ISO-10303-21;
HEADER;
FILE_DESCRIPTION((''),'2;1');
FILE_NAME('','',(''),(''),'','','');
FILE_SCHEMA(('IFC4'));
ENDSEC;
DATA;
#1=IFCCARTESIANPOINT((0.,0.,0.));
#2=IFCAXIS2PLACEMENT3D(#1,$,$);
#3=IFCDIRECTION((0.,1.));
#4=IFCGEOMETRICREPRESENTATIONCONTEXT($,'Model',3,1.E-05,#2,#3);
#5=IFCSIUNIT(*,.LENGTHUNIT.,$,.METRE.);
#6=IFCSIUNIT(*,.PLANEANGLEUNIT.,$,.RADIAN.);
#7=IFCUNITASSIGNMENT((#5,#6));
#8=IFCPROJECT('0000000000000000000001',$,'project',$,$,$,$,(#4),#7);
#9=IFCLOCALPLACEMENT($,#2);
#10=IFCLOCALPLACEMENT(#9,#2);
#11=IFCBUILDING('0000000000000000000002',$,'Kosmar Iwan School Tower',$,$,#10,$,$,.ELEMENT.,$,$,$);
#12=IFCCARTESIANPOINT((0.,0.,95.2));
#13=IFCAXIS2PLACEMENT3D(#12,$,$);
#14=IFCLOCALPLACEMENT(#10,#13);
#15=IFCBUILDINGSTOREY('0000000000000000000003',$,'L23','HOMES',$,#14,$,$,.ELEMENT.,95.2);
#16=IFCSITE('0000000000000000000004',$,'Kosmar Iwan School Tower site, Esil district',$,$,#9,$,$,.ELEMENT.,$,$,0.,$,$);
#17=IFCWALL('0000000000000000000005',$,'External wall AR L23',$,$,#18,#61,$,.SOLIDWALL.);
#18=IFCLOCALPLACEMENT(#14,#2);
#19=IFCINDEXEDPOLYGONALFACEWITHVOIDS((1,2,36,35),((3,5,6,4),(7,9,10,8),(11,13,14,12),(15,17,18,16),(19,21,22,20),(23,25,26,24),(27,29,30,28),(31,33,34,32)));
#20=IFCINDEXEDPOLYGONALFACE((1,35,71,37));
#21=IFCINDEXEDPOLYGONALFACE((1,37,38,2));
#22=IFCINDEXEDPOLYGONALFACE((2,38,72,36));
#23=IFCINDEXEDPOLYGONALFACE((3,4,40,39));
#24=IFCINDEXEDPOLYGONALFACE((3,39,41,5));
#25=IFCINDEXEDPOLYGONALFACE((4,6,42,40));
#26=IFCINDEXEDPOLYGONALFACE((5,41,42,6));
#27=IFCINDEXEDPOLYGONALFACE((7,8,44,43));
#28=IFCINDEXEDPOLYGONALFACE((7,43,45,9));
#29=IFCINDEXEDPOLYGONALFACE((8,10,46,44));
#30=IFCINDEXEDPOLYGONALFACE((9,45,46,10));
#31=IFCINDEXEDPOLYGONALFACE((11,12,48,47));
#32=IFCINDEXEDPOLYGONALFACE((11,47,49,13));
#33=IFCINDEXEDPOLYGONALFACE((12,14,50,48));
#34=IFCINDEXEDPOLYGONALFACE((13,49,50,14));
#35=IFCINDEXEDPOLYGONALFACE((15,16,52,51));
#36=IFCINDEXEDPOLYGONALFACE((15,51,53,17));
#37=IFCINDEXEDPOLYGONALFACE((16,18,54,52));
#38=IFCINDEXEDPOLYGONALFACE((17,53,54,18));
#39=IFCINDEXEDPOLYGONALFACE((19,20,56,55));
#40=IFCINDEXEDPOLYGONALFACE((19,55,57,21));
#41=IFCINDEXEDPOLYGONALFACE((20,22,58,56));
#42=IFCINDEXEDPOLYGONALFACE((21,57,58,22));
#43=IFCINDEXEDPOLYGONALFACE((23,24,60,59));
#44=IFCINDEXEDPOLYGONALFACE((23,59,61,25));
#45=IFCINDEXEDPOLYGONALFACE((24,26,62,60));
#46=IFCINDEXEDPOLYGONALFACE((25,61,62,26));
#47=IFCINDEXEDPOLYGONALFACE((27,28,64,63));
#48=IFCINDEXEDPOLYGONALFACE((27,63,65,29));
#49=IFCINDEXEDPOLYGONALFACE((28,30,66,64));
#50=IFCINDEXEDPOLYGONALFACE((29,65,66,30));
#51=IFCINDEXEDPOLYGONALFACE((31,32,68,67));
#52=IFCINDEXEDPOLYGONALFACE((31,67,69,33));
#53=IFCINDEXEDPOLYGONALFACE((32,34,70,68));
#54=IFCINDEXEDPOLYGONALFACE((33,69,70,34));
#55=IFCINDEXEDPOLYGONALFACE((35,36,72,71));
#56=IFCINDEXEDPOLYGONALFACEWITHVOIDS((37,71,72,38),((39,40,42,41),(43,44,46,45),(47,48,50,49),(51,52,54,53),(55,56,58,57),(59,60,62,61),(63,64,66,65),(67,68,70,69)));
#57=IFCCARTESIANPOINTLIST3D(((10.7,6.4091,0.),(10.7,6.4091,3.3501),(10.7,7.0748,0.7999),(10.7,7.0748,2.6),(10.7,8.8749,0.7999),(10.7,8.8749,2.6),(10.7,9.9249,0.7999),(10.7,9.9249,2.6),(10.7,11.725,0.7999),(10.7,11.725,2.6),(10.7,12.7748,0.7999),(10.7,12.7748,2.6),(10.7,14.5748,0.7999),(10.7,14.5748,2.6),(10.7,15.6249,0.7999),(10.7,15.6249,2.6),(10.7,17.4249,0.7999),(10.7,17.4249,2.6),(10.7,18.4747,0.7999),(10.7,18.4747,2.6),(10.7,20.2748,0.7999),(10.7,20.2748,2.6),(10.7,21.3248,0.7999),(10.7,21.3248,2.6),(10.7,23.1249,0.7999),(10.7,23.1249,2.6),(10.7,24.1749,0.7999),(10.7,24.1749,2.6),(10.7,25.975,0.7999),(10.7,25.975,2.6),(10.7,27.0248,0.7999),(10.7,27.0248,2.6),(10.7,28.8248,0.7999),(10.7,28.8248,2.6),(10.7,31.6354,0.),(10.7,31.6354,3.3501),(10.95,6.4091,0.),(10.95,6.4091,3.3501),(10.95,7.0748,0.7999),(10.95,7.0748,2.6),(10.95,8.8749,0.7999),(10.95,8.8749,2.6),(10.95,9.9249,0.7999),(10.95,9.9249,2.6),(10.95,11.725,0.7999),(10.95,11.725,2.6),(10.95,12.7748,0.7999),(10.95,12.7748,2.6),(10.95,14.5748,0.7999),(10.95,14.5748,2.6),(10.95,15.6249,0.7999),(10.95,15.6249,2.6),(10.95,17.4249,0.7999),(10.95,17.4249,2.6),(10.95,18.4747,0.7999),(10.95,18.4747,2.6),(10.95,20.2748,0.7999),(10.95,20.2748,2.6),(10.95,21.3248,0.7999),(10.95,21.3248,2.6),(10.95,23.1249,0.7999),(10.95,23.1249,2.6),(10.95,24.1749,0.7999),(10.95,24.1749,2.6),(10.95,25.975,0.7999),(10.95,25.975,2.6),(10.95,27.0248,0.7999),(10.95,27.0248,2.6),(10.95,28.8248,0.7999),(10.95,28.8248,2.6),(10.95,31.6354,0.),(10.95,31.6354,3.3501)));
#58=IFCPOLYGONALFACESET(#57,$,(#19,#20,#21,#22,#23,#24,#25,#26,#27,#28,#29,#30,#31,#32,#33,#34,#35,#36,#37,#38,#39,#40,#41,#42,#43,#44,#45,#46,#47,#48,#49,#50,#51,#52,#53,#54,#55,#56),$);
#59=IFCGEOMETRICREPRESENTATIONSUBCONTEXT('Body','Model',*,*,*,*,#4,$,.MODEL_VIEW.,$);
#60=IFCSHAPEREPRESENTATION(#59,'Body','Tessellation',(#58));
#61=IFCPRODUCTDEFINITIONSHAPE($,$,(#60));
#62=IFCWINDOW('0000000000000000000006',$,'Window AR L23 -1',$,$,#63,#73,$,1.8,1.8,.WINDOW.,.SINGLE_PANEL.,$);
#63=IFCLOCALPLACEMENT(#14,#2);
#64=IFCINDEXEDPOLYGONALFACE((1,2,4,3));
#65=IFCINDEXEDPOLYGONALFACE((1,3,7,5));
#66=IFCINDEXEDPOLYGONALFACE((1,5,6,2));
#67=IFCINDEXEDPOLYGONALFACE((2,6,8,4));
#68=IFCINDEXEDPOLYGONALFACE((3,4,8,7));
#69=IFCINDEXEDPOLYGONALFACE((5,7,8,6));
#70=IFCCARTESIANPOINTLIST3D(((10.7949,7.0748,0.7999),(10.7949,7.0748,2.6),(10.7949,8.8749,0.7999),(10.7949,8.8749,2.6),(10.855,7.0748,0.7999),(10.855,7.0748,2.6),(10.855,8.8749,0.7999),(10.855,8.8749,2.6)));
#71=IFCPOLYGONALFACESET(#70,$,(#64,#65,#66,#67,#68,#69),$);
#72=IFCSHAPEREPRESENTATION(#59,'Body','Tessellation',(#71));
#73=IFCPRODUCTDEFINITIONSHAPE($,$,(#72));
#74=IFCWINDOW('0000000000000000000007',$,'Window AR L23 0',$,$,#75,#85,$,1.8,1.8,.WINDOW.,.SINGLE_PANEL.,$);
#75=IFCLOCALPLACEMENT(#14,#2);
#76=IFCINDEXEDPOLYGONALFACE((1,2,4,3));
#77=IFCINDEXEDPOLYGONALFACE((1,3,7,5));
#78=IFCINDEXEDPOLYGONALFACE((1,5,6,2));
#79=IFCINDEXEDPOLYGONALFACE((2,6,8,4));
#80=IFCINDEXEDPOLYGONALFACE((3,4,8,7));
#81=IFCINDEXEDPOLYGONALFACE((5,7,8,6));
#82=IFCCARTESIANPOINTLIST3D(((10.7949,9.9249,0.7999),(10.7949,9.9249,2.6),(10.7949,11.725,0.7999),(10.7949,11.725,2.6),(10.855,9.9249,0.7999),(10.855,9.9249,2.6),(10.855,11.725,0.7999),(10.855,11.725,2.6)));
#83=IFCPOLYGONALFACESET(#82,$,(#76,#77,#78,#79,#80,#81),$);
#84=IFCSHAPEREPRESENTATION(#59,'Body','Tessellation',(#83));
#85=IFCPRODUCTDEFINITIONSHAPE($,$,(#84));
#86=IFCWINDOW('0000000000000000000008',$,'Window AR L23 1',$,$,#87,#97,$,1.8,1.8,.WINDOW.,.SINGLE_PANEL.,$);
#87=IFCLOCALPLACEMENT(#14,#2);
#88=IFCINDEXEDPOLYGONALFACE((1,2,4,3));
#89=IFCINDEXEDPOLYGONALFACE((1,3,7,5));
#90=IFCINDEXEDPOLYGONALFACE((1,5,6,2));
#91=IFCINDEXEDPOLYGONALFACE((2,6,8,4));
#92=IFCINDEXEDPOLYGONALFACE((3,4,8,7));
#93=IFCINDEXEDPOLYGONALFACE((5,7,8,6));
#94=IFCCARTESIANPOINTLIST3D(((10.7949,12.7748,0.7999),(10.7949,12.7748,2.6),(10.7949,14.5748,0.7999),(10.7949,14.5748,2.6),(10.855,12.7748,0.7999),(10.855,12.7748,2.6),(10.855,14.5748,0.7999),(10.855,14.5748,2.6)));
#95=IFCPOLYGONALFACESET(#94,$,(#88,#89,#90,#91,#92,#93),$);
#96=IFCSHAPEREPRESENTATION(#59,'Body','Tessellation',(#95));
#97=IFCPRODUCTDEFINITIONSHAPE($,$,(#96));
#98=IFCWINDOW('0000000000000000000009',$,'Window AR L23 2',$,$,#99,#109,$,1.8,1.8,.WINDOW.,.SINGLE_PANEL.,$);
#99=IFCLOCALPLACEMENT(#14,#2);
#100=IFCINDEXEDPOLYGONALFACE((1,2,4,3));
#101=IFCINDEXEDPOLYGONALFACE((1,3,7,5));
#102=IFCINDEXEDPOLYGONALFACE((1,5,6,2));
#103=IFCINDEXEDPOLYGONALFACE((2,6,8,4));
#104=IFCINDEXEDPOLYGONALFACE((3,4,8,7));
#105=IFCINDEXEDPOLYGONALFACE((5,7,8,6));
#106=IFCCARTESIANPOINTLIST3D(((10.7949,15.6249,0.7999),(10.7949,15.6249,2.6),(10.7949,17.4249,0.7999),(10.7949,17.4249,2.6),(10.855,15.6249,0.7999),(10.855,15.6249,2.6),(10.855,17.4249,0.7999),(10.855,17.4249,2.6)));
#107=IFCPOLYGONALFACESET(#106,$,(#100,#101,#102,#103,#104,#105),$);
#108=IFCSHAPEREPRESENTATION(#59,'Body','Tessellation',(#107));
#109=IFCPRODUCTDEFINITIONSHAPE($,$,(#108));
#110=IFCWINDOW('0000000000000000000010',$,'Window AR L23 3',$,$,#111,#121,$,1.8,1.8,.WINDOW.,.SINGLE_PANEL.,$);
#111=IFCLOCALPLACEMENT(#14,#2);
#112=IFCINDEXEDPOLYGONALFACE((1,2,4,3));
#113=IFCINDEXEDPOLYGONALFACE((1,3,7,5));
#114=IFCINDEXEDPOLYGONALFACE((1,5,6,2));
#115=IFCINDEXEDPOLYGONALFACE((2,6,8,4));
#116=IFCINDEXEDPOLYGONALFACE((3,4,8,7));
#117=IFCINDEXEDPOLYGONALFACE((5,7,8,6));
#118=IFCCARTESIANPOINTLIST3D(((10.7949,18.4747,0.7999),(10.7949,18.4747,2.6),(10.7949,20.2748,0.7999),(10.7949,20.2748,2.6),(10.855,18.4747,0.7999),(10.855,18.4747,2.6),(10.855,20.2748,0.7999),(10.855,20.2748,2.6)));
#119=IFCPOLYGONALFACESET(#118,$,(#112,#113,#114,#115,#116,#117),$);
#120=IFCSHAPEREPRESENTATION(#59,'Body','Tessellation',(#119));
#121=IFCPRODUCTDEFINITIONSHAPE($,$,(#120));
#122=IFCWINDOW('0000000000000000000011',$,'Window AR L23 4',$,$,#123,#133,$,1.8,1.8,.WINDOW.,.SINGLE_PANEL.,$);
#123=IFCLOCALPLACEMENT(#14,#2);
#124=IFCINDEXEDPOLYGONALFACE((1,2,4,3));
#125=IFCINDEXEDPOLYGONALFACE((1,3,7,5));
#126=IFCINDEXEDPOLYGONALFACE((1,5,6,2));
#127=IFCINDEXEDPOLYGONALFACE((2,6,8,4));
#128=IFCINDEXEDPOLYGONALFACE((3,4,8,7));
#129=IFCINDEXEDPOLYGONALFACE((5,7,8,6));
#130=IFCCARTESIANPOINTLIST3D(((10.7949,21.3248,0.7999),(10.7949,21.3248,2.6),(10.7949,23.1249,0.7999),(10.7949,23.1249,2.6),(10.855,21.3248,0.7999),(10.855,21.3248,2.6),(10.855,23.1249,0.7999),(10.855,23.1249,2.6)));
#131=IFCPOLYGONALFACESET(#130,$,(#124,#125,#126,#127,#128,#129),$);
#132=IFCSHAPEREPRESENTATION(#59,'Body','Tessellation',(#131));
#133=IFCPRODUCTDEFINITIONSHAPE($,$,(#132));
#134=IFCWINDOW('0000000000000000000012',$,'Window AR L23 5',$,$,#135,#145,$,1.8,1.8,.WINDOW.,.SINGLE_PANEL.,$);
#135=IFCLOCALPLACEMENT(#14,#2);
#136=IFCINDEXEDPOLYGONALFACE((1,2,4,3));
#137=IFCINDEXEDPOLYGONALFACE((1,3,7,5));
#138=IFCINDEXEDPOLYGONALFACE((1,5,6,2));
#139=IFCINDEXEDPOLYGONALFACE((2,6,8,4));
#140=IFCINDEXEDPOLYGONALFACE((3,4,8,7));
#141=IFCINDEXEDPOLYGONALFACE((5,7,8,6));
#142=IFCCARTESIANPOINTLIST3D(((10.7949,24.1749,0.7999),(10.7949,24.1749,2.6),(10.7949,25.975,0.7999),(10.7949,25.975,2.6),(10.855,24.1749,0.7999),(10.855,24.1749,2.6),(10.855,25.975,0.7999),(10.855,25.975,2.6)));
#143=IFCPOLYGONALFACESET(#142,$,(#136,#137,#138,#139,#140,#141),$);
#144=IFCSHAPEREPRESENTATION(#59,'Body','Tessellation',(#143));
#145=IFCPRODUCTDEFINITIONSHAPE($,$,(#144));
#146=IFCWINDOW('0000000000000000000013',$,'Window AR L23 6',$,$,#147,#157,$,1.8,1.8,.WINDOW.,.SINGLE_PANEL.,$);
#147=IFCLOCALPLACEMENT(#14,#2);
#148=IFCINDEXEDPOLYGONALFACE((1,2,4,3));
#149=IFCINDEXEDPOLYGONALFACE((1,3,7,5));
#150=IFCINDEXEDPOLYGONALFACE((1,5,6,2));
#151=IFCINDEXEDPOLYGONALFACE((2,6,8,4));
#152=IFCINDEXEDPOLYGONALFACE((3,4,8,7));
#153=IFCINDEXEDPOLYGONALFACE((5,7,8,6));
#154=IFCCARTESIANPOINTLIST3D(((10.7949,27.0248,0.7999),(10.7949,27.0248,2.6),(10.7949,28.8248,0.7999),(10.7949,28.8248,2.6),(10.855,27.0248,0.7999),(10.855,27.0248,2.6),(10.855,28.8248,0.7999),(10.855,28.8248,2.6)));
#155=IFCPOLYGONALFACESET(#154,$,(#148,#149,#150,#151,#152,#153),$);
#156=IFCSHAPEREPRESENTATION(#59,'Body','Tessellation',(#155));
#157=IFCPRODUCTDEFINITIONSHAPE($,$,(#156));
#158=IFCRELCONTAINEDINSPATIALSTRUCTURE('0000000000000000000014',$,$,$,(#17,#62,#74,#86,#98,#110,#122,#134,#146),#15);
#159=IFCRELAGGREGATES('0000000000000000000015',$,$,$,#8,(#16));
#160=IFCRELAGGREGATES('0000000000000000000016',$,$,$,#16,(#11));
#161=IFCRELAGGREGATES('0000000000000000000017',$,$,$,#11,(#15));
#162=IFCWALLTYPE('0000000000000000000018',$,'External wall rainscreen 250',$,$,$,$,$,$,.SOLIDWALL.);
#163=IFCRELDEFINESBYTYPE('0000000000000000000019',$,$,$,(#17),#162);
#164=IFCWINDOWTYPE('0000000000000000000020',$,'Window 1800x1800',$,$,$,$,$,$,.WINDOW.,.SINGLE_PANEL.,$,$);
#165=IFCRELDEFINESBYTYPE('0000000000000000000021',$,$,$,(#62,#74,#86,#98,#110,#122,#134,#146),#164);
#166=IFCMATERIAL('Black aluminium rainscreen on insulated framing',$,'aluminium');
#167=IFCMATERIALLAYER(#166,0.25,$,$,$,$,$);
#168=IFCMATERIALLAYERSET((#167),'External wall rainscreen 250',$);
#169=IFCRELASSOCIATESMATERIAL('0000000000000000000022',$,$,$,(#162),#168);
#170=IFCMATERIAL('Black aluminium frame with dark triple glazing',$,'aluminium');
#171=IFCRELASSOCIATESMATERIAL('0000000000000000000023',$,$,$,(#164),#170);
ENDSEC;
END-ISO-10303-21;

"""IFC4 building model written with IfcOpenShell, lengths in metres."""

from ifc_helpers import new_model, si_unit, direction, frame, frame_2d, origin, place, context, subcontext, project, spatial, rectangle, extrude, material, layer, layer_set, type_object, element, fill, save


model = new_model("IFC4")

# Units and contexts
model_context = context("Model", 3, precision=1e-05, world=origin(), true_north=direction((0.0, 1.0)))
body_context = subcontext(model_context, "Body", "Model", "MODEL_VIEW")
ifc_project = project(units=[si_unit("LENGTHUNIT", "METRE"), si_unit("PLANEANGLEUNIT", "RADIAN")], contexts=[model_context])

# Site, building, storey
site_placement = place(None, origin())
site = spatial("IfcSite", under=ifc_project, at=site_placement, Name="Kosmar Iwan School Tower site, Esil district", CompositionType="ELEMENT", RefElevation=0.0)
building_placement = place(site_placement, origin())
building = spatial("IfcBuilding", under=site, at=building_placement, Name="Kosmar Iwan School Tower", CompositionType="ELEMENT")
storey_placement = place(building_placement, frame((0.0, 0.0, 95.2)))
storey = spatial("IfcBuildingStorey", under=building, at=storey_placement, Name="L23", Description="HOMES", CompositionType="ELEMENT", Elevation=95.2)

# Wall, openings, windows
ifc_material_1 = material(Name="Black aluminium rainscreen on insulated framing", Category="aluminium")
ifc_layer = layer(ifc_material_1, 0.25)
ifc_layer_set = layer_set([ifc_layer], Name="External wall rainscreen 250")
wall_type = type_object("IfcWallType", Name="External wall rainscreen 250", PredefinedType="SOLIDWALL", material=ifc_layer_set)
ifc_material_2 = material(Name="Black aluminium frame with dark triple glazing", Category="aluminium")
window_type = type_object("IfcWindowType", Name="Window 1800x1800", PartitioningType="SINGLE_PANEL", PredefinedType="WINDOW", material=ifc_material_2)
wall_1_placement = place(storey_placement, frame((10.825, 6.4089, 0.0), z_axis=(0.0, 0.0, 1.0), x_axis=(0.0, 1.0, 0.0)))
wall_1 = element("IfcWall", 1, at=wall_1_placement, inside=storey, type_object=wall_type, Name="External wall AR L23", PredefinedType="SOLIDWALL", context=body_context, shape_type="SweptSolid", body=[
    extrude(rectangle(XDim=25.2263, YDim=0.25, at=frame_2d((12.6133, 0.0))), origin(), (0.0, 0.0, 1.0), 3.3501),
])
opening_1_placement = place(wall_1_placement, frame((0.666, 0.0, 0.8)))
opening_1 = element("IfcOpeningElement", 2, at=opening_1_placement, cuts=wall_1, PredefinedType="OPENING", context=body_context, shape_type="SweptSolid", body=[
    extrude(rectangle(XDim=1.8, YDim=1.8, at=frame_2d((0.8999, 0.8999))), frame((0.0, 0.137, 0.0), z_axis=(0.0, -1.0, 0.0), x_axis=(1.0, 0.0, 0.0)), (0.0, 0.0, 1.0), 0.2739),
])
opening_2_placement = place(wall_1_placement, frame((3.5161, 0.0, 0.8)))
opening_2 = element("IfcOpeningElement", 3, at=opening_2_placement, cuts=wall_1, PredefinedType="OPENING", context=body_context, shape_type="SweptSolid", body=[
    extrude(rectangle(XDim=1.8, YDim=1.8, at=frame_2d((0.8999, 0.8999))), frame((0.0, 0.137, 0.0), z_axis=(0.0, -1.0, 0.0), x_axis=(1.0, 0.0, 0.0)), (0.0, 0.0, 1.0), 0.2739),
])
opening_3_placement = place(wall_1_placement, frame((6.366, 0.0, 0.8)))
opening_3 = element("IfcOpeningElement", 4, at=opening_3_placement, cuts=wall_1, PredefinedType="OPENING", context=body_context, shape_type="SweptSolid", body=[
    extrude(rectangle(XDim=1.8, YDim=1.8, at=frame_2d((0.8999, 0.8999))), frame((0.0, 0.137, 0.0), z_axis=(0.0, -1.0, 0.0), x_axis=(1.0, 0.0, 0.0)), (0.0, 0.0, 1.0), 0.2739),
])
opening_4_placement = place(wall_1_placement, frame((9.2161, 0.0, 0.8)))
opening_4 = element("IfcOpeningElement", 5, at=opening_4_placement, cuts=wall_1, PredefinedType="OPENING", context=body_context, shape_type="SweptSolid", body=[
    extrude(rectangle(XDim=1.8, YDim=1.8, at=frame_2d((0.8999, 0.8999))), frame((0.0, 0.137, 0.0), z_axis=(0.0, -1.0, 0.0), x_axis=(1.0, 0.0, 0.0)), (0.0, 0.0, 1.0), 0.2739),
])
opening_5_placement = place(wall_1_placement, frame((12.0659, 0.0, 0.8)))
opening_5 = element("IfcOpeningElement", 6, at=opening_5_placement, cuts=wall_1, PredefinedType="OPENING", context=body_context, shape_type="SweptSolid", body=[
    extrude(rectangle(XDim=1.8, YDim=1.8, at=frame_2d((0.8999, 0.8999))), frame((0.0, 0.137, 0.0), z_axis=(0.0, -1.0, 0.0), x_axis=(1.0, 0.0, 0.0)), (0.0, 0.0, 1.0), 0.2739),
])
opening_6_placement = place(wall_1_placement, frame((14.916, 0.0, 0.8)))
opening_6 = element("IfcOpeningElement", 7, at=opening_6_placement, cuts=wall_1, PredefinedType="OPENING", context=body_context, shape_type="SweptSolid", body=[
    extrude(rectangle(XDim=1.8, YDim=1.8, at=frame_2d((0.8999, 0.8999))), frame((0.0, 0.137, 0.0), z_axis=(0.0, -1.0, 0.0), x_axis=(1.0, 0.0, 0.0)), (0.0, 0.0, 1.0), 0.2739),
])
opening_7_placement = place(wall_1_placement, frame((17.7661, 0.0, 0.8)))
opening_7 = element("IfcOpeningElement", 8, at=opening_7_placement, cuts=wall_1, PredefinedType="OPENING", context=body_context, shape_type="SweptSolid", body=[
    extrude(rectangle(XDim=1.8, YDim=1.8, at=frame_2d((0.8999, 0.8999))), frame((0.0, 0.137, 0.0), z_axis=(0.0, -1.0, 0.0), x_axis=(1.0, 0.0, 0.0)), (0.0, 0.0, 1.0), 0.2739),
])
opening_8_placement = place(wall_1_placement, frame((20.616, 0.0, 0.8)))
opening_8 = element("IfcOpeningElement", 9, at=opening_8_placement, cuts=wall_1, PredefinedType="OPENING", context=body_context, shape_type="SweptSolid", body=[
    extrude(rectangle(XDim=1.8, YDim=1.8, at=frame_2d((0.8999, 0.8999))), frame((0.0, 0.137, 0.0), z_axis=(0.0, -1.0, 0.0), x_axis=(1.0, 0.0, 0.0)), (0.0, 0.0, 1.0), 0.2739),
])
window_1_placement = place(opening_1_placement, origin())
window_1 = element("IfcWindow", 10, at=window_1_placement, inside=storey, type_object=window_type, Name="Window AR L23 -1", OverallHeight=1.8, OverallWidth=1.8, PartitioningType="SINGLE_PANEL", PredefinedType="WINDOW", context=body_context, shape_type="SweptSolid", body=[
    extrude(rectangle(XDim=1.8, YDim=1.8, at=frame_2d((0.8999, 0.8999))), frame((0.0, 0.03, 0.0), z_axis=(0.0, -1.0, 0.0), x_axis=(1.0, 0.0, 0.0)), (0.0, 0.0, 1.0), 0.0601),
])
fill(opening_1, window_1)
window_2_placement = place(opening_2_placement, origin())
window_2 = element("IfcWindow", 11, at=window_2_placement, inside=storey, type_object=window_type, Name="Window AR L23 0", OverallHeight=1.8, OverallWidth=1.8, PartitioningType="SINGLE_PANEL", PredefinedType="WINDOW", context=body_context, shape_type="SweptSolid", body=[
    extrude(rectangle(XDim=1.8, YDim=1.8, at=frame_2d((0.8999, 0.8999))), frame((0.0, 0.03, 0.0), z_axis=(0.0, -1.0, 0.0), x_axis=(1.0, 0.0, 0.0)), (0.0, 0.0, 1.0), 0.0601),
])
fill(opening_2, window_2)
window_3_placement = place(opening_3_placement, origin())
window_3 = element("IfcWindow", 12, at=window_3_placement, inside=storey, type_object=window_type, Name="Window AR L23 1", OverallHeight=1.8, OverallWidth=1.8, PartitioningType="SINGLE_PANEL", PredefinedType="WINDOW", context=body_context, shape_type="SweptSolid", body=[
    extrude(rectangle(XDim=1.8, YDim=1.8, at=frame_2d((0.8999, 0.8999))), frame((0.0, 0.03, 0.0), z_axis=(0.0, -1.0, 0.0), x_axis=(1.0, 0.0, 0.0)), (0.0, 0.0, 1.0), 0.0601),
])
fill(opening_3, window_3)
window_4_placement = place(opening_4_placement, origin())
window_4 = element("IfcWindow", 13, at=window_4_placement, inside=storey, type_object=window_type, Name="Window AR L23 2", OverallHeight=1.8, OverallWidth=1.8, PartitioningType="SINGLE_PANEL", PredefinedType="WINDOW", context=body_context, shape_type="SweptSolid", body=[
    extrude(rectangle(XDim=1.8, YDim=1.8, at=frame_2d((0.8999, 0.8999))), frame((0.0, 0.03, 0.0), z_axis=(0.0, -1.0, 0.0), x_axis=(1.0, 0.0, 0.0)), (0.0, 0.0, 1.0), 0.0601),
])
fill(opening_4, window_4)
window_5_placement = place(opening_5_placement, origin())
window_5 = element("IfcWindow", 14, at=window_5_placement, inside=storey, type_object=window_type, Name="Window AR L23 3", OverallHeight=1.8, OverallWidth=1.8, PartitioningType="SINGLE_PANEL", PredefinedType="WINDOW", context=body_context, shape_type="SweptSolid", body=[
    extrude(rectangle(XDim=1.8, YDim=1.8, at=frame_2d((0.8999, 0.8999))), frame((0.0, 0.03, 0.0), z_axis=(0.0, -1.0, 0.0), x_axis=(1.0, 0.0, 0.0)), (0.0, 0.0, 1.0), 0.0601),
])
fill(opening_5, window_5)
window_6_placement = place(opening_6_placement, origin())
window_6 = element("IfcWindow", 15, at=window_6_placement, inside=storey, type_object=window_type, Name="Window AR L23 4", OverallHeight=1.8, OverallWidth=1.8, PartitioningType="SINGLE_PANEL", PredefinedType="WINDOW", context=body_context, shape_type="SweptSolid", body=[
    extrude(rectangle(XDim=1.8, YDim=1.8, at=frame_2d((0.8999, 0.8999))), frame((0.0, 0.03, 0.0), z_axis=(0.0, -1.0, 0.0), x_axis=(1.0, 0.0, 0.0)), (0.0, 0.0, 1.0), 0.0601),
])
fill(opening_6, window_6)
window_7_placement = place(opening_7_placement, origin())
window_7 = element("IfcWindow", 16, at=window_7_placement, inside=storey, type_object=window_type, Name="Window AR L23 5", OverallHeight=1.8, OverallWidth=1.8, PartitioningType="SINGLE_PANEL", PredefinedType="WINDOW", context=body_context, shape_type="SweptSolid", body=[
    extrude(rectangle(XDim=1.8, YDim=1.8, at=frame_2d((0.8999, 0.8999))), frame((0.0, 0.03, 0.0), z_axis=(0.0, -1.0, 0.0), x_axis=(1.0, 0.0, 0.0)), (0.0, 0.0, 1.0), 0.0601),
])
fill(opening_7, window_7)
window_8_placement = place(opening_8_placement, origin())
window_8 = element("IfcWindow", 17, at=window_8_placement, inside=storey, type_object=window_type, Name="Window AR L23 6", OverallHeight=1.8, OverallWidth=1.8, PartitioningType="SINGLE_PANEL", PredefinedType="WINDOW", context=body_context, shape_type="SweptSolid", body=[
    extrude(rectangle(XDim=1.8, YDim=1.8, at=frame_2d((0.8999, 0.8999))), frame((0.0, 0.03, 0.0), z_axis=(0.0, -1.0, 0.0), x_axis=(1.0, 0.0, 0.0)), (0.0, 0.0, 1.0), 0.0601),
])
fill(opening_8, window_8)

save(model, "model.ifc")
